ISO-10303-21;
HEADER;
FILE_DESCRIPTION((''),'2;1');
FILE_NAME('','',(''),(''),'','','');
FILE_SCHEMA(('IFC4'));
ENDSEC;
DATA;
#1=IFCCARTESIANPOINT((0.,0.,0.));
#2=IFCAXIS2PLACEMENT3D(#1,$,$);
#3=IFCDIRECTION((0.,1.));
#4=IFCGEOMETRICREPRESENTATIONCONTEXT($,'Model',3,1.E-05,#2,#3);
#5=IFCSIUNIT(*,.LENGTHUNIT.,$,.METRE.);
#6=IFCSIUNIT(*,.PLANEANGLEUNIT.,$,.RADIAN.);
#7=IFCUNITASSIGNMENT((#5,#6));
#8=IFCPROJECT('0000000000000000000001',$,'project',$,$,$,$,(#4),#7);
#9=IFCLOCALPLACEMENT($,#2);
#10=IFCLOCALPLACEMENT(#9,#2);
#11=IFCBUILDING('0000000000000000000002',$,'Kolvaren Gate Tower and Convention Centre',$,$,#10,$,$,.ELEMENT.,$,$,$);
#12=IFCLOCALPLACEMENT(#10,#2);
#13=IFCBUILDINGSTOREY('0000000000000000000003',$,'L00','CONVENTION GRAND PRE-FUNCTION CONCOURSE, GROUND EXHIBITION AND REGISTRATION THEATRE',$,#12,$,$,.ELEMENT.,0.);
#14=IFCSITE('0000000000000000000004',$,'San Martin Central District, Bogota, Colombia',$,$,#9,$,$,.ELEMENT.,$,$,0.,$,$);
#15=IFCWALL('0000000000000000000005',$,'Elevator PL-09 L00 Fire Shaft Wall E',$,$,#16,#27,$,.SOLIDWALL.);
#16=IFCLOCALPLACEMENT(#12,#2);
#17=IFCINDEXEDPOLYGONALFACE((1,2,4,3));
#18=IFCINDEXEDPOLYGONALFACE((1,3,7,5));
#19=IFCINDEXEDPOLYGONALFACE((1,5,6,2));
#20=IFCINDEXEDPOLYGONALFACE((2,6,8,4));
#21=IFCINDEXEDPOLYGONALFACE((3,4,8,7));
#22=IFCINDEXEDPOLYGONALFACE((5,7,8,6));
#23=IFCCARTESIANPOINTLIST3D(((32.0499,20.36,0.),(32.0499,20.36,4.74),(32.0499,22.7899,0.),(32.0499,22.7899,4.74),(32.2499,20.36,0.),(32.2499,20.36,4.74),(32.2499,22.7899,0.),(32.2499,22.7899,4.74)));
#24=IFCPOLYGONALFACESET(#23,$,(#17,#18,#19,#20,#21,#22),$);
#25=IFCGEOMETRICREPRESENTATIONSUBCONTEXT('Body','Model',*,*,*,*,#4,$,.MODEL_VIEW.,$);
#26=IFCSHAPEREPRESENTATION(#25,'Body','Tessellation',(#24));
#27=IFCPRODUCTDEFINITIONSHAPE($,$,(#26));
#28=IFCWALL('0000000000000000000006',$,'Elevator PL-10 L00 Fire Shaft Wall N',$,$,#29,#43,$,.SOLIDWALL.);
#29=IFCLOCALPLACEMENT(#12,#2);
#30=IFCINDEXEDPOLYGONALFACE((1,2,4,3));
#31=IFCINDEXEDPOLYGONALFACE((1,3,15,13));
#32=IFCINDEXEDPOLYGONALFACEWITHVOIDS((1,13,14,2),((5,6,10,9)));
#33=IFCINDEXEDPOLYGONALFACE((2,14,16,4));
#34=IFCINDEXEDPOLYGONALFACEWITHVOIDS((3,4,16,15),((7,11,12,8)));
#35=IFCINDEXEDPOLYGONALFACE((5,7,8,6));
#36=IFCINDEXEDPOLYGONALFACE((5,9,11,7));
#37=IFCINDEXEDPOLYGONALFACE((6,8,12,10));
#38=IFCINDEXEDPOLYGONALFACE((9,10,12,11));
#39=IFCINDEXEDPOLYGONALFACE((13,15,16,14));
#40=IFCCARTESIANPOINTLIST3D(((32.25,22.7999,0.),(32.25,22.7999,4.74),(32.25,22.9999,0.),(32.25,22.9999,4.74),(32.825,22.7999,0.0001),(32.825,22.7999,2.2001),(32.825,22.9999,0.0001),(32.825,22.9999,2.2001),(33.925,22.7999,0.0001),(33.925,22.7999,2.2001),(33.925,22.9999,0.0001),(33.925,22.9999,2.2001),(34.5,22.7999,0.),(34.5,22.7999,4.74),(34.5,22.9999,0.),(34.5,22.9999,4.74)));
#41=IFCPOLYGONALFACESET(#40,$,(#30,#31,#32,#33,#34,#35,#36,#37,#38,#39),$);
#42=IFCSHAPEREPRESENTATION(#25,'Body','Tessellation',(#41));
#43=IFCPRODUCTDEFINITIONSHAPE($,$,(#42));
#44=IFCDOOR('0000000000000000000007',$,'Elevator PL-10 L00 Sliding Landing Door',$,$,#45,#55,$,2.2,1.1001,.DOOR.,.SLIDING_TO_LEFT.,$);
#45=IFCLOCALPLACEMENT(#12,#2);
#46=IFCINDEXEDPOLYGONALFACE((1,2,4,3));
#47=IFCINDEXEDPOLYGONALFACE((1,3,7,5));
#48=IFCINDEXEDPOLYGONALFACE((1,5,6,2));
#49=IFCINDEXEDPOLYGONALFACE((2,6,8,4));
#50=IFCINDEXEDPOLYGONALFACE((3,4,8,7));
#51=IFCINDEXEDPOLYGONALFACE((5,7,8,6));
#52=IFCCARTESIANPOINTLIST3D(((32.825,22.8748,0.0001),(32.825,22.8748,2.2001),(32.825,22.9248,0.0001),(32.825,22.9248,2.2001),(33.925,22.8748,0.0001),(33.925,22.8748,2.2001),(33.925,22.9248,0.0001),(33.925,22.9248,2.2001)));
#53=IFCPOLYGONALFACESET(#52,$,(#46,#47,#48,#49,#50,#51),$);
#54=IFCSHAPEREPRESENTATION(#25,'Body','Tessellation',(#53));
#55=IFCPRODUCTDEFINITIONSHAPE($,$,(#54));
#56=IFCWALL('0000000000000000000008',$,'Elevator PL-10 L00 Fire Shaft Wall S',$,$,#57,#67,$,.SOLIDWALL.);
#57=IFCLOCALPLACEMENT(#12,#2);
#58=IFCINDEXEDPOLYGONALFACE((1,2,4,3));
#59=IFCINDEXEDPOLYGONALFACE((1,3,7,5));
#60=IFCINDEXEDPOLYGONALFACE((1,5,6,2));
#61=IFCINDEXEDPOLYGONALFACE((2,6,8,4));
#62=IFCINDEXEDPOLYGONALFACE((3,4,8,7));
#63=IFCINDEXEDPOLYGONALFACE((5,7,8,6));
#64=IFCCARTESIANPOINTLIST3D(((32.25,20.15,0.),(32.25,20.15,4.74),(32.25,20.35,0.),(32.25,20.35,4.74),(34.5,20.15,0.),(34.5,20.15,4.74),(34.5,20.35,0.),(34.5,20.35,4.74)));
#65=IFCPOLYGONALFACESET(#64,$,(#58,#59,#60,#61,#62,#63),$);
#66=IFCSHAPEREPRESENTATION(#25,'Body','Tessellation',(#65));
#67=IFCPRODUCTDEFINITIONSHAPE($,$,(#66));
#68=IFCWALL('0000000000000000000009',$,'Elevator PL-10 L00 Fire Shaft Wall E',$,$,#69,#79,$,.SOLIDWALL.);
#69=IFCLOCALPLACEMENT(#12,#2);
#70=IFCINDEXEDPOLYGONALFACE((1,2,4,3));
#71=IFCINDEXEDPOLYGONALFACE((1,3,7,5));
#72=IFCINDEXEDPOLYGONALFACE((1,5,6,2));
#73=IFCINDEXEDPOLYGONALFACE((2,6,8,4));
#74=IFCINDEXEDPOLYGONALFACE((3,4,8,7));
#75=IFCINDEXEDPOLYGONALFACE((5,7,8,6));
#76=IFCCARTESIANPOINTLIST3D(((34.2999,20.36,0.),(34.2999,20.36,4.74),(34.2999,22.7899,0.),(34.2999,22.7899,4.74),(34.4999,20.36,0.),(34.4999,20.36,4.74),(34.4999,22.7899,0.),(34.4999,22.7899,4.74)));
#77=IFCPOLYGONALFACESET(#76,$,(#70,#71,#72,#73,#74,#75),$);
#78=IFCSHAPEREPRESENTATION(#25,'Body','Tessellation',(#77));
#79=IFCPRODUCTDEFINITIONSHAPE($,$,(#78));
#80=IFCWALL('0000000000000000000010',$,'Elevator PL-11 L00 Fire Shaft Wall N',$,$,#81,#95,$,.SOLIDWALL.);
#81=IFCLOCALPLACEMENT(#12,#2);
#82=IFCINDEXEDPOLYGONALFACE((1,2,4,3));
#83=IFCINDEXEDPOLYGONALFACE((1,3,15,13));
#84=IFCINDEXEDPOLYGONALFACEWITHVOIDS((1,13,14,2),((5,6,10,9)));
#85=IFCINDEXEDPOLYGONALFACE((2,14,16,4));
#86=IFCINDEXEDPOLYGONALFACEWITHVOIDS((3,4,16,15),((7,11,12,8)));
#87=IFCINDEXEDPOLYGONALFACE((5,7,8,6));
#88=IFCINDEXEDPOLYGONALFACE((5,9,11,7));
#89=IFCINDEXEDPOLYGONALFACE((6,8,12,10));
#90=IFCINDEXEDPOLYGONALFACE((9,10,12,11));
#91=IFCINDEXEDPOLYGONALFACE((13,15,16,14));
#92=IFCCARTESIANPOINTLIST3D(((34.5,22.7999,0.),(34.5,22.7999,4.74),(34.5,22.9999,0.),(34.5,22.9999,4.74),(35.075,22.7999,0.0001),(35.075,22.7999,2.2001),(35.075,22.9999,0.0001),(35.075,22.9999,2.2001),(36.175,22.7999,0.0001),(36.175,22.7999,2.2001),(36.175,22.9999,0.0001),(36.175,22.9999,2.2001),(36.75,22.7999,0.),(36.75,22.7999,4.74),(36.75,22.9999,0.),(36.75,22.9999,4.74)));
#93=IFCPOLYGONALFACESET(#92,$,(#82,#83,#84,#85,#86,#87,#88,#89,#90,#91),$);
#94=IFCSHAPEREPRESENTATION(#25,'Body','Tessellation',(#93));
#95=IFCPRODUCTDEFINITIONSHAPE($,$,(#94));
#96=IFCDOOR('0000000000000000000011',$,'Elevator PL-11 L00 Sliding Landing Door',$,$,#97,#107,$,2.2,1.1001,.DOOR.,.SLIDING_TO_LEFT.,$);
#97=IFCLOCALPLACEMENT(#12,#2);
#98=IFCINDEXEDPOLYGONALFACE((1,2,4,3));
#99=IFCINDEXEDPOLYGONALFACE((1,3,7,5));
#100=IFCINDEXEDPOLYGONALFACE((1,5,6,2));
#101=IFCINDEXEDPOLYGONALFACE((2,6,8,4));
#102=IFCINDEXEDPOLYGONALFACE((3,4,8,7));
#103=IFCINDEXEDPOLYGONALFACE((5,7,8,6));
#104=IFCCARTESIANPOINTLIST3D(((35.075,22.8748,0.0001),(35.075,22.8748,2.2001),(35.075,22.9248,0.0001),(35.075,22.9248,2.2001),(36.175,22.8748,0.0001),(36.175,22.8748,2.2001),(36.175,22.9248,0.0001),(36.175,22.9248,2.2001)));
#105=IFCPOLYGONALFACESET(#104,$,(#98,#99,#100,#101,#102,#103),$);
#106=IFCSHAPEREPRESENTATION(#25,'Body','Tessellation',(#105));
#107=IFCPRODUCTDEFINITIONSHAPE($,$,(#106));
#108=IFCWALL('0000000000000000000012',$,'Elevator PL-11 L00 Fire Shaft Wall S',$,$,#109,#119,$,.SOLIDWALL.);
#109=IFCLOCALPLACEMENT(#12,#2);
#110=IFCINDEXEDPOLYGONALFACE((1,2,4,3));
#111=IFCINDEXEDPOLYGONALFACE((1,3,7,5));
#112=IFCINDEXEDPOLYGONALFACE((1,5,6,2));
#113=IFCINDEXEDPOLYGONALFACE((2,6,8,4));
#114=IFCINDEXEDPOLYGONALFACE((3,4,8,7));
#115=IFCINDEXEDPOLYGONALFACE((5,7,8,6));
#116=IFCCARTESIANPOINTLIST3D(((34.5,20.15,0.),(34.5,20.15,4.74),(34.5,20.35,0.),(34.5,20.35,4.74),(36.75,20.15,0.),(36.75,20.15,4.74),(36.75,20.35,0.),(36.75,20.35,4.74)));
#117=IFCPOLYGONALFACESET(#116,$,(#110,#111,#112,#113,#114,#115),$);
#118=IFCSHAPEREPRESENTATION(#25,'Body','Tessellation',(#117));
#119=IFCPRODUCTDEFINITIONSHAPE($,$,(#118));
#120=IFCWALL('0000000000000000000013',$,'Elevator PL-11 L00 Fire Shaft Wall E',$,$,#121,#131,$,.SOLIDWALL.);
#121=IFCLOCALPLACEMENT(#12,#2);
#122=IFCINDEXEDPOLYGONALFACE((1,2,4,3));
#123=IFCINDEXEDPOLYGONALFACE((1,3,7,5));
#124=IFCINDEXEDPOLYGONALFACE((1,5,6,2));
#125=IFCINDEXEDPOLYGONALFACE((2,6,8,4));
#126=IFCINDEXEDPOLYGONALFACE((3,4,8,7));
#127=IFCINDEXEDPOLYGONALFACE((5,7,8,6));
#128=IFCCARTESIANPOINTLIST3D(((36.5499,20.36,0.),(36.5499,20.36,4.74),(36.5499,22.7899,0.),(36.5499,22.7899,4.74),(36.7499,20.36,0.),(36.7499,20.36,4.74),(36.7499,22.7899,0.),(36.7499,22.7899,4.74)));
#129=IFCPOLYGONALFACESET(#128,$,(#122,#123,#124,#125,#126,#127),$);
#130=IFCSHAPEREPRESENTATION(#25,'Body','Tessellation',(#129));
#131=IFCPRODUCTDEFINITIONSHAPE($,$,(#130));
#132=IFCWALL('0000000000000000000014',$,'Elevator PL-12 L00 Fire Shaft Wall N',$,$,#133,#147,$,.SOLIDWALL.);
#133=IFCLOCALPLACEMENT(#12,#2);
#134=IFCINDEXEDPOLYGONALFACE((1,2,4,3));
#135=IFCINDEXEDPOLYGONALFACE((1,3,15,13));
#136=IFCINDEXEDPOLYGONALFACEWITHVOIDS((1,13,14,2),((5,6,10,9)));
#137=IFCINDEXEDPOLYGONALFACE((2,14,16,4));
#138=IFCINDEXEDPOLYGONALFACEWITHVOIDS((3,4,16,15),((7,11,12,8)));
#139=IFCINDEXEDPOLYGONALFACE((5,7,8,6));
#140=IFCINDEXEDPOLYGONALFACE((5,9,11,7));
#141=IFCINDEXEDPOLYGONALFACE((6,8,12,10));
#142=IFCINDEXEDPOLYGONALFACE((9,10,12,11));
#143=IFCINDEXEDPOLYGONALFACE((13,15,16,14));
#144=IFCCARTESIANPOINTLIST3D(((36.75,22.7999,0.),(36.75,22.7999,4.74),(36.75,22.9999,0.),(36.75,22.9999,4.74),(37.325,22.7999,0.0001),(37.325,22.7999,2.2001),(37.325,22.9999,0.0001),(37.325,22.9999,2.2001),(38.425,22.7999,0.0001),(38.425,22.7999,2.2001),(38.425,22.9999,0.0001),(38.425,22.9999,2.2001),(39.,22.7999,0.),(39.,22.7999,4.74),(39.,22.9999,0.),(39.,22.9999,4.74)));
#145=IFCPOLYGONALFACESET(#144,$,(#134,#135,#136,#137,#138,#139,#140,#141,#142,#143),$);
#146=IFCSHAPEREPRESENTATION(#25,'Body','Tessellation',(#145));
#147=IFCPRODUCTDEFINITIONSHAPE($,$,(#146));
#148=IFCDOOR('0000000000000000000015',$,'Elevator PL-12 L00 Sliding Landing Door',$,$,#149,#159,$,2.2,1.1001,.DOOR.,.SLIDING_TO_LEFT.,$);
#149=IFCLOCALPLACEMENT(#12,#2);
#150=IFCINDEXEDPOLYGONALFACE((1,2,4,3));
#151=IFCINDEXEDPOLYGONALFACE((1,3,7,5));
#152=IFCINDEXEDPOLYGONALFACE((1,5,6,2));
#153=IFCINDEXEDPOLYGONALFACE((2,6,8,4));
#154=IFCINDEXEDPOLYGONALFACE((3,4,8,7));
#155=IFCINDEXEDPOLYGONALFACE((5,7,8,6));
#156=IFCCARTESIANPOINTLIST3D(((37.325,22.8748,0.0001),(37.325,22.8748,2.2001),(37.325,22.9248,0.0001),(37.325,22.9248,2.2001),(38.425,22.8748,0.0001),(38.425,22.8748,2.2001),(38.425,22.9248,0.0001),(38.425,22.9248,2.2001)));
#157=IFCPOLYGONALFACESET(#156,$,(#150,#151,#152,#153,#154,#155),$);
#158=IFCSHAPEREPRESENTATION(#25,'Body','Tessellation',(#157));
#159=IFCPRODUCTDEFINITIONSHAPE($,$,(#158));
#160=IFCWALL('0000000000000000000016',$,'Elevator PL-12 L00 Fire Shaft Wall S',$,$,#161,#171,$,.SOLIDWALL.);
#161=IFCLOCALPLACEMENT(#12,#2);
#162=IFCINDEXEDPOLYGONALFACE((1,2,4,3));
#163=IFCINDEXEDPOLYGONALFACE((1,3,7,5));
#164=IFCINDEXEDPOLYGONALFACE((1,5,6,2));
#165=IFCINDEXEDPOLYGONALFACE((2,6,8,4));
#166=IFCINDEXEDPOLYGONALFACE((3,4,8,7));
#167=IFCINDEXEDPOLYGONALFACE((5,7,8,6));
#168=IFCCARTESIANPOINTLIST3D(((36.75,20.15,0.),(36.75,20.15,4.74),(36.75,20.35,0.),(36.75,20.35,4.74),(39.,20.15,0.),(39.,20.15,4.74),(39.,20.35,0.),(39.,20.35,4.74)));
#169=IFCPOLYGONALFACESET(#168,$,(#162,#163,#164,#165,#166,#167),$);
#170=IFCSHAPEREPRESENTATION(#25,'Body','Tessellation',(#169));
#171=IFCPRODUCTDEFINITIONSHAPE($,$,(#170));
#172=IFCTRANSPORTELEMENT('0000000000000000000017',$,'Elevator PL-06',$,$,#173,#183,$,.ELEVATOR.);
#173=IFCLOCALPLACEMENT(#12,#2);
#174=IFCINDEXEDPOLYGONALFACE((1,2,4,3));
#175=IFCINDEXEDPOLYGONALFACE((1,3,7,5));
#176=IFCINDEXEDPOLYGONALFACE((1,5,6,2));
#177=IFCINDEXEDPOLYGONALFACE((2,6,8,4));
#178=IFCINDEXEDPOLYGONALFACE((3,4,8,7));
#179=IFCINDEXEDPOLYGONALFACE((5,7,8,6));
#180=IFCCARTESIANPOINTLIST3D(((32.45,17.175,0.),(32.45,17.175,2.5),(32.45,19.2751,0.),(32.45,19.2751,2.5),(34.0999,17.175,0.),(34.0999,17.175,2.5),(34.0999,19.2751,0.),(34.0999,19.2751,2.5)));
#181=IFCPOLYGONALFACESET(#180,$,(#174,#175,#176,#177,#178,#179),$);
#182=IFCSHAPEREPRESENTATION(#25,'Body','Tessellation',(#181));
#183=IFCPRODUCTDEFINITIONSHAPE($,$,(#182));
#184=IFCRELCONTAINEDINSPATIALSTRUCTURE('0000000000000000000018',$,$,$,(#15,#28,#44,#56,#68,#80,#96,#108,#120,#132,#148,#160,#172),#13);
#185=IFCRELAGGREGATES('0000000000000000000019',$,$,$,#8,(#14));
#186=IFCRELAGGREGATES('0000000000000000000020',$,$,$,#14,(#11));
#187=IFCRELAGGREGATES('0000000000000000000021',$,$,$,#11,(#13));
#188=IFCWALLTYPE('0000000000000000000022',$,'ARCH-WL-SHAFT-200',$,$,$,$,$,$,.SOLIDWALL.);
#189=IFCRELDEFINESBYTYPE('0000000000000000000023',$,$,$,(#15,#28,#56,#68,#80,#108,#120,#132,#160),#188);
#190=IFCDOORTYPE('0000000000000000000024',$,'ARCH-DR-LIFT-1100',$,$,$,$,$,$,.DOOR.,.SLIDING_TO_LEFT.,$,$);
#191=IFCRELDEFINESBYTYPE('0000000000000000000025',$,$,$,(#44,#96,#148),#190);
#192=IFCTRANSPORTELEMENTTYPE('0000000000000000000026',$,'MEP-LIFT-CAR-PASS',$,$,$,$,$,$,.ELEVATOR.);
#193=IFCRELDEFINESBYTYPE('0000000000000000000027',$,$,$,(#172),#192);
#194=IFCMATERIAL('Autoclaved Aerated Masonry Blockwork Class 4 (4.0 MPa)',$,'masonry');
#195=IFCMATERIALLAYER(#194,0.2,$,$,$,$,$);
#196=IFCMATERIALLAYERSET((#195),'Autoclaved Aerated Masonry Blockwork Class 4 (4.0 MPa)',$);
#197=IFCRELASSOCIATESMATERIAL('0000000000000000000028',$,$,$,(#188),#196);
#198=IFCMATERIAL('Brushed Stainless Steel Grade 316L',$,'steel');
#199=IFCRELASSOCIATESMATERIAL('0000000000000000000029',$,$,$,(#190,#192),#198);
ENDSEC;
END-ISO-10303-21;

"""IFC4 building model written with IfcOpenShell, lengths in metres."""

from ifc_helpers import new_model, si_unit, direction, frame, frame_2d, origin, origin_2d, place, context, subcontext, project, spatial, rectangle, extrude, material, layer, layer_set, type_object, element, fill, save


model = new_model("IFC4")

# Units and contexts
model_context = context("Model", 3, precision=1e-05, world=origin(), true_north=direction((0.0, 1.0)))
body_context = subcontext(model_context, "Body", "Model", "MODEL_VIEW")
ifc_project = project(units=[si_unit("LENGTHUNIT", "METRE"), si_unit("PLANEANGLEUNIT", "RADIAN")], contexts=[model_context])

# Site, building, storey
site_placement = place(None, origin())
site = spatial("IfcSite", under=ifc_project, at=site_placement, Name="San Martin Central District, Bogota, Colombia", CompositionType="ELEMENT", RefElevation=0.0)
building_placement = place(site_placement, origin())
building = spatial("IfcBuilding", under=site, at=building_placement, Name="Kolvaren Gate Tower and Convention Centre", CompositionType="ELEMENT")
storey_placement = place(building_placement, origin())
storey = spatial("IfcBuildingStorey", under=building, at=storey_placement, Name="L00", Description="CONVENTION GRAND PRE-FUNCTION CONCOURSE, GROUND EXHIBITION AND REGISTRATION THEATRE", CompositionType="ELEMENT", Elevation=0.0)

# Shared definitions
ifc_material_1 = material(Name="Autoclaved Aerated Masonry Blockwork Class 4 (4.0 MPa)", Category="masonry")
ifc_layer_1 = layer(ifc_material_1, 0.2)
ifc_layer_set_1 = layer_set([ifc_layer_1], Name="Autoclaved Aerated Masonry Blockwork Class 4 (4.0 MPa)")
wall_type_1 = type_object("IfcWallType", Name="ARCH-WL-SHAFT-200", PredefinedType="SOLIDWALL", material=ifc_layer_set_1)

# Shared definitions
ifc_material_2 = material(Name="Brushed Stainless Steel Grade 316L", Category="steel")
door_type = type_object("IfcDoorType", Name="ARCH-DR-LIFT-1100", OperationType="SLIDING_TO_LEFT", PredefinedType="DOOR", material=ifc_material_2)

# Wall
wall_1_placement = place(storey_placement, frame((32.1499, 20.3601, 0.0), z_axis=(0.0, 0.0, 1.0), x_axis=(0.0, 1.0, 0.0)))
element("IfcWall", 1, at=wall_1_placement, inside=storey, type_object=wall_type_1, Name="Elevator PL-09 L00 Fire Shaft Wall E", PredefinedType="SOLIDWALL", context=body_context, shape_type="SweptSolid", body=[
    extrude(rectangle(XDim=2.4299, YDim=0.2, at=frame_2d((1.2148, 0.0))), origin(), (0.0, 0.0, 1.0), 4.74),
])

# Wall, opening, door
wall_2_placement = place(storey_placement, frame((32.25, 22.8999, 0.0), z_axis=(0.0, 0.0, 1.0), x_axis=(1.0, 0.0, 0.0)))
wall_2 = element("IfcWall", 2, at=wall_2_placement, inside=storey, type_object=wall_type_1, Name="Elevator PL-10 L00 Fire Shaft Wall N", PredefinedType="SOLIDWALL", context=body_context, shape_type="SweptSolid", body=[
    extrude(rectangle(XDim=2.25, YDim=0.2, at=frame_2d((1.125, 0.0))), origin(), (0.0, 0.0, 1.0), 4.74),
])
opening_1_placement = place(wall_2_placement, frame((0.575, 0.0, 0.0)))
opening_1 = element("IfcOpeningElement", 3, at=opening_1_placement, cuts=wall_2, PredefinedType="OPENING", context=body_context, shape_type="SweptSolid", body=[
    extrude(rectangle(XDim=1.1001, YDim=2.2, at=frame_2d((0.55, 1.1001))), frame((0.0, 0.1099, 0.0), z_axis=(0.0, -1.0, 0.0), x_axis=(1.0, 0.0, 0.0)), (0.0, 0.0, 1.0), 0.22),
])
door_1_placement = place(opening_1_placement, origin())
door_1 = element("IfcDoor", 4, at=door_1_placement, inside=storey, type_object=door_type, Name="Elevator PL-10 L00 Sliding Landing Door", OperationType="SLIDING_TO_LEFT", OverallHeight=2.2, OverallWidth=1.1001, PredefinedType="DOOR", context=body_context, shape_type="SweptSolid", body=[
    extrude(rectangle(XDim=1.1001, YDim=2.2, at=frame_2d((0.55, 1.1001))), frame((0.0, 0.0249, 0.0), z_axis=(0.0, -1.0, 0.0), x_axis=(1.0, 0.0, 0.0)), (0.0, 0.0, 1.0), 0.05),
])
fill(opening_1, door_1)

# Walls
wall_3_placement = place(storey_placement, frame((32.25, 20.25, 0.0), z_axis=(0.0, 0.0, 1.0), x_axis=(1.0, 0.0, 0.0)))
element("IfcWall", 5, at=wall_3_placement, inside=storey, type_object=wall_type_1, Name="Elevator PL-10 L00 Fire Shaft Wall S", PredefinedType="SOLIDWALL", context=body_context, shape_type="SweptSolid", body=[
    extrude(rectangle(XDim=2.25, YDim=0.2, at=frame_2d((1.125, 0.0))), origin(), (0.0, 0.0, 1.0), 4.74),
])
wall_4_placement = place(storey_placement, frame((34.3999, 20.3601, 0.0), z_axis=(0.0, 0.0, 1.0), x_axis=(0.0, 1.0, 0.0)))
element("IfcWall", 6, at=wall_4_placement, inside=storey, type_object=wall_type_1, Name="Elevator PL-10 L00 Fire Shaft Wall E", PredefinedType="SOLIDWALL", context=body_context, shape_type="SweptSolid", body=[
    extrude(rectangle(XDim=2.4299, YDim=0.2, at=frame_2d((1.2148, 0.0))), origin(), (0.0, 0.0, 1.0), 4.74),
])

# Wall, opening, door
wall_5_placement = place(storey_placement, frame((34.5, 22.8999, 0.0), z_axis=(0.0, 0.0, 1.0), x_axis=(1.0, 0.0, 0.0)))
wall_5 = element("IfcWall", 7, at=wall_5_placement, inside=storey, type_object=wall_type_1, Name="Elevator PL-11 L00 Fire Shaft Wall N", PredefinedType="SOLIDWALL", context=body_context, shape_type="SweptSolid", body=[
    extrude(rectangle(XDim=2.25, YDim=0.2, at=frame_2d((1.125, 0.0))), origin(), (0.0, 0.0, 1.0), 4.74),
])
opening_2_placement = place(wall_5_placement, frame((0.575, 0.0, 0.0)))
opening_2 = element("IfcOpeningElement", 8, at=opening_2_placement, cuts=wall_5, PredefinedType="OPENING", context=body_context, shape_type="SweptSolid", body=[
    extrude(rectangle(XDim=1.1001, YDim=2.2, at=frame_2d((0.55, 1.1001))), frame((0.0, 0.1099, 0.0), z_axis=(0.0, -1.0, 0.0), x_axis=(1.0, 0.0, 0.0)), (0.0, 0.0, 1.0), 0.22),
])
door_2_placement = place(opening_2_placement, origin())
door_2 = element("IfcDoor", 9, at=door_2_placement, inside=storey, type_object=door_type, Name="Elevator PL-11 L00 Sliding Landing Door", OperationType="SLIDING_TO_LEFT", OverallHeight=2.2, OverallWidth=1.1001, PredefinedType="DOOR", context=body_context, shape_type="SweptSolid", body=[
    extrude(rectangle(XDim=1.1001, YDim=2.2, at=frame_2d((0.55, 1.1001))), frame((0.0, 0.0249, 0.0), z_axis=(0.0, -1.0, 0.0), x_axis=(1.0, 0.0, 0.0)), (0.0, 0.0, 1.0), 0.05),
])
fill(opening_2, door_2)

# Walls
wall_6_placement = place(storey_placement, frame((34.5, 20.25, 0.0), z_axis=(0.0, 0.0, 1.0), x_axis=(1.0, 0.0, 0.0)))
element("IfcWall", 10, at=wall_6_placement, inside=storey, type_object=wall_type_1, Name="Elevator PL-11 L00 Fire Shaft Wall S", PredefinedType="SOLIDWALL", context=body_context, shape_type="SweptSolid", body=[
    extrude(rectangle(XDim=2.25, YDim=0.2, at=frame_2d((1.125, 0.0))), origin(), (0.0, 0.0, 1.0), 4.74),
])
wall_7_placement = place(storey_placement, frame((36.6499, 20.3601, 0.0), z_axis=(0.0, 0.0, 1.0), x_axis=(0.0, 1.0, 0.0)))
element("IfcWall", 11, at=wall_7_placement, inside=storey, type_object=wall_type_1, Name="Elevator PL-11 L00 Fire Shaft Wall E", PredefinedType="SOLIDWALL", context=body_context, shape_type="SweptSolid", body=[
    extrude(rectangle(XDim=2.4299, YDim=0.2, at=frame_2d((1.2148, 0.0))), origin(), (0.0, 0.0, 1.0), 4.74),
])

# Wall, opening, door
wall_8_placement = place(storey_placement, frame((36.75, 22.8999, 0.0), z_axis=(0.0, 0.0, 1.0), x_axis=(1.0, 0.0, 0.0)))
wall_8 = element("IfcWall", 12, at=wall_8_placement, inside=storey, type_object=wall_type_1, Name="Elevator PL-12 L00 Fire Shaft Wall N", PredefinedType="SOLIDWALL", context=body_context, shape_type="SweptSolid", body=[
    extrude(rectangle(XDim=2.25, YDim=0.2, at=frame_2d((1.125, 0.0))), origin(), (0.0, 0.0, 1.0), 4.74),
])
opening_3_placement = place(wall_8_placement, frame((0.575, 0.0, 0.0)))
opening_3 = element("IfcOpeningElement", 13, at=opening_3_placement, cuts=wall_8, PredefinedType="OPENING", context=body_context, shape_type="SweptSolid", body=[
    extrude(rectangle(XDim=1.1001, YDim=2.2, at=frame_2d((0.55, 1.1001))), frame((0.0, 0.1099, 0.0), z_axis=(0.0, -1.0, 0.0), x_axis=(1.0, 0.0, 0.0)), (0.0, 0.0, 1.0), 0.22),
])
door_3_placement = place(opening_3_placement, origin())
door_3 = element("IfcDoor", 14, at=door_3_placement, inside=storey, type_object=door_type, Name="Elevator PL-12 L00 Sliding Landing Door", OperationType="SLIDING_TO_LEFT", OverallHeight=2.2, OverallWidth=1.1001, PredefinedType="DOOR", context=body_context, shape_type="SweptSolid", body=[
    extrude(rectangle(XDim=1.1001, YDim=2.2, at=frame_2d((0.55, 1.1001))), frame((0.0, 0.0249, 0.0), z_axis=(0.0, -1.0, 0.0), x_axis=(1.0, 0.0, 0.0)), (0.0, 0.0, 1.0), 0.05),
])
fill(opening_3, door_3)

# Wall
wall_9_placement = place(storey_placement, frame((36.75, 20.25, 0.0), z_axis=(0.0, 0.0, 1.0), x_axis=(1.0, 0.0, 0.0)))
element("IfcWall", 15, at=wall_9_placement, inside=storey, type_object=wall_type_1, Name="Elevator PL-12 L00 Fire Shaft Wall S", PredefinedType="SOLIDWALL", context=body_context, shape_type="SweptSolid", body=[
    extrude(rectangle(XDim=2.25, YDim=0.2, at=frame_2d((1.125, 0.0))), origin(), (0.0, 0.0, 1.0), 4.74),
])

# Transport element
transport_element_type = type_object("IfcTransportElementType", Name="MEP-LIFT-CAR-PASS", PredefinedType="ELEVATOR", material=ifc_material_2)
for number, where, z_axis, x_axis, name in (
    (16, (33.2749, 18.2251, 0.0), (0.0, 0.0, 1.0), (1.0, 0.0, 0.0), "Elevator PL-06"),
):
    element("IfcTransportElement", number, at=place(storey_placement, frame(where, z_axis=z_axis, x_axis=x_axis)), inside=storey, type_object=transport_element_type, Name=name, PredefinedType="ELEVATOR", context=body_context, shape_type="SweptSolid", body=[
        extrude(rectangle(XDim=1.6499, YDim=2.1001, at=origin_2d()), origin(), (0.0, 0.0, 1.0), 2.5),
    ])

save(model, "model.ifc")
